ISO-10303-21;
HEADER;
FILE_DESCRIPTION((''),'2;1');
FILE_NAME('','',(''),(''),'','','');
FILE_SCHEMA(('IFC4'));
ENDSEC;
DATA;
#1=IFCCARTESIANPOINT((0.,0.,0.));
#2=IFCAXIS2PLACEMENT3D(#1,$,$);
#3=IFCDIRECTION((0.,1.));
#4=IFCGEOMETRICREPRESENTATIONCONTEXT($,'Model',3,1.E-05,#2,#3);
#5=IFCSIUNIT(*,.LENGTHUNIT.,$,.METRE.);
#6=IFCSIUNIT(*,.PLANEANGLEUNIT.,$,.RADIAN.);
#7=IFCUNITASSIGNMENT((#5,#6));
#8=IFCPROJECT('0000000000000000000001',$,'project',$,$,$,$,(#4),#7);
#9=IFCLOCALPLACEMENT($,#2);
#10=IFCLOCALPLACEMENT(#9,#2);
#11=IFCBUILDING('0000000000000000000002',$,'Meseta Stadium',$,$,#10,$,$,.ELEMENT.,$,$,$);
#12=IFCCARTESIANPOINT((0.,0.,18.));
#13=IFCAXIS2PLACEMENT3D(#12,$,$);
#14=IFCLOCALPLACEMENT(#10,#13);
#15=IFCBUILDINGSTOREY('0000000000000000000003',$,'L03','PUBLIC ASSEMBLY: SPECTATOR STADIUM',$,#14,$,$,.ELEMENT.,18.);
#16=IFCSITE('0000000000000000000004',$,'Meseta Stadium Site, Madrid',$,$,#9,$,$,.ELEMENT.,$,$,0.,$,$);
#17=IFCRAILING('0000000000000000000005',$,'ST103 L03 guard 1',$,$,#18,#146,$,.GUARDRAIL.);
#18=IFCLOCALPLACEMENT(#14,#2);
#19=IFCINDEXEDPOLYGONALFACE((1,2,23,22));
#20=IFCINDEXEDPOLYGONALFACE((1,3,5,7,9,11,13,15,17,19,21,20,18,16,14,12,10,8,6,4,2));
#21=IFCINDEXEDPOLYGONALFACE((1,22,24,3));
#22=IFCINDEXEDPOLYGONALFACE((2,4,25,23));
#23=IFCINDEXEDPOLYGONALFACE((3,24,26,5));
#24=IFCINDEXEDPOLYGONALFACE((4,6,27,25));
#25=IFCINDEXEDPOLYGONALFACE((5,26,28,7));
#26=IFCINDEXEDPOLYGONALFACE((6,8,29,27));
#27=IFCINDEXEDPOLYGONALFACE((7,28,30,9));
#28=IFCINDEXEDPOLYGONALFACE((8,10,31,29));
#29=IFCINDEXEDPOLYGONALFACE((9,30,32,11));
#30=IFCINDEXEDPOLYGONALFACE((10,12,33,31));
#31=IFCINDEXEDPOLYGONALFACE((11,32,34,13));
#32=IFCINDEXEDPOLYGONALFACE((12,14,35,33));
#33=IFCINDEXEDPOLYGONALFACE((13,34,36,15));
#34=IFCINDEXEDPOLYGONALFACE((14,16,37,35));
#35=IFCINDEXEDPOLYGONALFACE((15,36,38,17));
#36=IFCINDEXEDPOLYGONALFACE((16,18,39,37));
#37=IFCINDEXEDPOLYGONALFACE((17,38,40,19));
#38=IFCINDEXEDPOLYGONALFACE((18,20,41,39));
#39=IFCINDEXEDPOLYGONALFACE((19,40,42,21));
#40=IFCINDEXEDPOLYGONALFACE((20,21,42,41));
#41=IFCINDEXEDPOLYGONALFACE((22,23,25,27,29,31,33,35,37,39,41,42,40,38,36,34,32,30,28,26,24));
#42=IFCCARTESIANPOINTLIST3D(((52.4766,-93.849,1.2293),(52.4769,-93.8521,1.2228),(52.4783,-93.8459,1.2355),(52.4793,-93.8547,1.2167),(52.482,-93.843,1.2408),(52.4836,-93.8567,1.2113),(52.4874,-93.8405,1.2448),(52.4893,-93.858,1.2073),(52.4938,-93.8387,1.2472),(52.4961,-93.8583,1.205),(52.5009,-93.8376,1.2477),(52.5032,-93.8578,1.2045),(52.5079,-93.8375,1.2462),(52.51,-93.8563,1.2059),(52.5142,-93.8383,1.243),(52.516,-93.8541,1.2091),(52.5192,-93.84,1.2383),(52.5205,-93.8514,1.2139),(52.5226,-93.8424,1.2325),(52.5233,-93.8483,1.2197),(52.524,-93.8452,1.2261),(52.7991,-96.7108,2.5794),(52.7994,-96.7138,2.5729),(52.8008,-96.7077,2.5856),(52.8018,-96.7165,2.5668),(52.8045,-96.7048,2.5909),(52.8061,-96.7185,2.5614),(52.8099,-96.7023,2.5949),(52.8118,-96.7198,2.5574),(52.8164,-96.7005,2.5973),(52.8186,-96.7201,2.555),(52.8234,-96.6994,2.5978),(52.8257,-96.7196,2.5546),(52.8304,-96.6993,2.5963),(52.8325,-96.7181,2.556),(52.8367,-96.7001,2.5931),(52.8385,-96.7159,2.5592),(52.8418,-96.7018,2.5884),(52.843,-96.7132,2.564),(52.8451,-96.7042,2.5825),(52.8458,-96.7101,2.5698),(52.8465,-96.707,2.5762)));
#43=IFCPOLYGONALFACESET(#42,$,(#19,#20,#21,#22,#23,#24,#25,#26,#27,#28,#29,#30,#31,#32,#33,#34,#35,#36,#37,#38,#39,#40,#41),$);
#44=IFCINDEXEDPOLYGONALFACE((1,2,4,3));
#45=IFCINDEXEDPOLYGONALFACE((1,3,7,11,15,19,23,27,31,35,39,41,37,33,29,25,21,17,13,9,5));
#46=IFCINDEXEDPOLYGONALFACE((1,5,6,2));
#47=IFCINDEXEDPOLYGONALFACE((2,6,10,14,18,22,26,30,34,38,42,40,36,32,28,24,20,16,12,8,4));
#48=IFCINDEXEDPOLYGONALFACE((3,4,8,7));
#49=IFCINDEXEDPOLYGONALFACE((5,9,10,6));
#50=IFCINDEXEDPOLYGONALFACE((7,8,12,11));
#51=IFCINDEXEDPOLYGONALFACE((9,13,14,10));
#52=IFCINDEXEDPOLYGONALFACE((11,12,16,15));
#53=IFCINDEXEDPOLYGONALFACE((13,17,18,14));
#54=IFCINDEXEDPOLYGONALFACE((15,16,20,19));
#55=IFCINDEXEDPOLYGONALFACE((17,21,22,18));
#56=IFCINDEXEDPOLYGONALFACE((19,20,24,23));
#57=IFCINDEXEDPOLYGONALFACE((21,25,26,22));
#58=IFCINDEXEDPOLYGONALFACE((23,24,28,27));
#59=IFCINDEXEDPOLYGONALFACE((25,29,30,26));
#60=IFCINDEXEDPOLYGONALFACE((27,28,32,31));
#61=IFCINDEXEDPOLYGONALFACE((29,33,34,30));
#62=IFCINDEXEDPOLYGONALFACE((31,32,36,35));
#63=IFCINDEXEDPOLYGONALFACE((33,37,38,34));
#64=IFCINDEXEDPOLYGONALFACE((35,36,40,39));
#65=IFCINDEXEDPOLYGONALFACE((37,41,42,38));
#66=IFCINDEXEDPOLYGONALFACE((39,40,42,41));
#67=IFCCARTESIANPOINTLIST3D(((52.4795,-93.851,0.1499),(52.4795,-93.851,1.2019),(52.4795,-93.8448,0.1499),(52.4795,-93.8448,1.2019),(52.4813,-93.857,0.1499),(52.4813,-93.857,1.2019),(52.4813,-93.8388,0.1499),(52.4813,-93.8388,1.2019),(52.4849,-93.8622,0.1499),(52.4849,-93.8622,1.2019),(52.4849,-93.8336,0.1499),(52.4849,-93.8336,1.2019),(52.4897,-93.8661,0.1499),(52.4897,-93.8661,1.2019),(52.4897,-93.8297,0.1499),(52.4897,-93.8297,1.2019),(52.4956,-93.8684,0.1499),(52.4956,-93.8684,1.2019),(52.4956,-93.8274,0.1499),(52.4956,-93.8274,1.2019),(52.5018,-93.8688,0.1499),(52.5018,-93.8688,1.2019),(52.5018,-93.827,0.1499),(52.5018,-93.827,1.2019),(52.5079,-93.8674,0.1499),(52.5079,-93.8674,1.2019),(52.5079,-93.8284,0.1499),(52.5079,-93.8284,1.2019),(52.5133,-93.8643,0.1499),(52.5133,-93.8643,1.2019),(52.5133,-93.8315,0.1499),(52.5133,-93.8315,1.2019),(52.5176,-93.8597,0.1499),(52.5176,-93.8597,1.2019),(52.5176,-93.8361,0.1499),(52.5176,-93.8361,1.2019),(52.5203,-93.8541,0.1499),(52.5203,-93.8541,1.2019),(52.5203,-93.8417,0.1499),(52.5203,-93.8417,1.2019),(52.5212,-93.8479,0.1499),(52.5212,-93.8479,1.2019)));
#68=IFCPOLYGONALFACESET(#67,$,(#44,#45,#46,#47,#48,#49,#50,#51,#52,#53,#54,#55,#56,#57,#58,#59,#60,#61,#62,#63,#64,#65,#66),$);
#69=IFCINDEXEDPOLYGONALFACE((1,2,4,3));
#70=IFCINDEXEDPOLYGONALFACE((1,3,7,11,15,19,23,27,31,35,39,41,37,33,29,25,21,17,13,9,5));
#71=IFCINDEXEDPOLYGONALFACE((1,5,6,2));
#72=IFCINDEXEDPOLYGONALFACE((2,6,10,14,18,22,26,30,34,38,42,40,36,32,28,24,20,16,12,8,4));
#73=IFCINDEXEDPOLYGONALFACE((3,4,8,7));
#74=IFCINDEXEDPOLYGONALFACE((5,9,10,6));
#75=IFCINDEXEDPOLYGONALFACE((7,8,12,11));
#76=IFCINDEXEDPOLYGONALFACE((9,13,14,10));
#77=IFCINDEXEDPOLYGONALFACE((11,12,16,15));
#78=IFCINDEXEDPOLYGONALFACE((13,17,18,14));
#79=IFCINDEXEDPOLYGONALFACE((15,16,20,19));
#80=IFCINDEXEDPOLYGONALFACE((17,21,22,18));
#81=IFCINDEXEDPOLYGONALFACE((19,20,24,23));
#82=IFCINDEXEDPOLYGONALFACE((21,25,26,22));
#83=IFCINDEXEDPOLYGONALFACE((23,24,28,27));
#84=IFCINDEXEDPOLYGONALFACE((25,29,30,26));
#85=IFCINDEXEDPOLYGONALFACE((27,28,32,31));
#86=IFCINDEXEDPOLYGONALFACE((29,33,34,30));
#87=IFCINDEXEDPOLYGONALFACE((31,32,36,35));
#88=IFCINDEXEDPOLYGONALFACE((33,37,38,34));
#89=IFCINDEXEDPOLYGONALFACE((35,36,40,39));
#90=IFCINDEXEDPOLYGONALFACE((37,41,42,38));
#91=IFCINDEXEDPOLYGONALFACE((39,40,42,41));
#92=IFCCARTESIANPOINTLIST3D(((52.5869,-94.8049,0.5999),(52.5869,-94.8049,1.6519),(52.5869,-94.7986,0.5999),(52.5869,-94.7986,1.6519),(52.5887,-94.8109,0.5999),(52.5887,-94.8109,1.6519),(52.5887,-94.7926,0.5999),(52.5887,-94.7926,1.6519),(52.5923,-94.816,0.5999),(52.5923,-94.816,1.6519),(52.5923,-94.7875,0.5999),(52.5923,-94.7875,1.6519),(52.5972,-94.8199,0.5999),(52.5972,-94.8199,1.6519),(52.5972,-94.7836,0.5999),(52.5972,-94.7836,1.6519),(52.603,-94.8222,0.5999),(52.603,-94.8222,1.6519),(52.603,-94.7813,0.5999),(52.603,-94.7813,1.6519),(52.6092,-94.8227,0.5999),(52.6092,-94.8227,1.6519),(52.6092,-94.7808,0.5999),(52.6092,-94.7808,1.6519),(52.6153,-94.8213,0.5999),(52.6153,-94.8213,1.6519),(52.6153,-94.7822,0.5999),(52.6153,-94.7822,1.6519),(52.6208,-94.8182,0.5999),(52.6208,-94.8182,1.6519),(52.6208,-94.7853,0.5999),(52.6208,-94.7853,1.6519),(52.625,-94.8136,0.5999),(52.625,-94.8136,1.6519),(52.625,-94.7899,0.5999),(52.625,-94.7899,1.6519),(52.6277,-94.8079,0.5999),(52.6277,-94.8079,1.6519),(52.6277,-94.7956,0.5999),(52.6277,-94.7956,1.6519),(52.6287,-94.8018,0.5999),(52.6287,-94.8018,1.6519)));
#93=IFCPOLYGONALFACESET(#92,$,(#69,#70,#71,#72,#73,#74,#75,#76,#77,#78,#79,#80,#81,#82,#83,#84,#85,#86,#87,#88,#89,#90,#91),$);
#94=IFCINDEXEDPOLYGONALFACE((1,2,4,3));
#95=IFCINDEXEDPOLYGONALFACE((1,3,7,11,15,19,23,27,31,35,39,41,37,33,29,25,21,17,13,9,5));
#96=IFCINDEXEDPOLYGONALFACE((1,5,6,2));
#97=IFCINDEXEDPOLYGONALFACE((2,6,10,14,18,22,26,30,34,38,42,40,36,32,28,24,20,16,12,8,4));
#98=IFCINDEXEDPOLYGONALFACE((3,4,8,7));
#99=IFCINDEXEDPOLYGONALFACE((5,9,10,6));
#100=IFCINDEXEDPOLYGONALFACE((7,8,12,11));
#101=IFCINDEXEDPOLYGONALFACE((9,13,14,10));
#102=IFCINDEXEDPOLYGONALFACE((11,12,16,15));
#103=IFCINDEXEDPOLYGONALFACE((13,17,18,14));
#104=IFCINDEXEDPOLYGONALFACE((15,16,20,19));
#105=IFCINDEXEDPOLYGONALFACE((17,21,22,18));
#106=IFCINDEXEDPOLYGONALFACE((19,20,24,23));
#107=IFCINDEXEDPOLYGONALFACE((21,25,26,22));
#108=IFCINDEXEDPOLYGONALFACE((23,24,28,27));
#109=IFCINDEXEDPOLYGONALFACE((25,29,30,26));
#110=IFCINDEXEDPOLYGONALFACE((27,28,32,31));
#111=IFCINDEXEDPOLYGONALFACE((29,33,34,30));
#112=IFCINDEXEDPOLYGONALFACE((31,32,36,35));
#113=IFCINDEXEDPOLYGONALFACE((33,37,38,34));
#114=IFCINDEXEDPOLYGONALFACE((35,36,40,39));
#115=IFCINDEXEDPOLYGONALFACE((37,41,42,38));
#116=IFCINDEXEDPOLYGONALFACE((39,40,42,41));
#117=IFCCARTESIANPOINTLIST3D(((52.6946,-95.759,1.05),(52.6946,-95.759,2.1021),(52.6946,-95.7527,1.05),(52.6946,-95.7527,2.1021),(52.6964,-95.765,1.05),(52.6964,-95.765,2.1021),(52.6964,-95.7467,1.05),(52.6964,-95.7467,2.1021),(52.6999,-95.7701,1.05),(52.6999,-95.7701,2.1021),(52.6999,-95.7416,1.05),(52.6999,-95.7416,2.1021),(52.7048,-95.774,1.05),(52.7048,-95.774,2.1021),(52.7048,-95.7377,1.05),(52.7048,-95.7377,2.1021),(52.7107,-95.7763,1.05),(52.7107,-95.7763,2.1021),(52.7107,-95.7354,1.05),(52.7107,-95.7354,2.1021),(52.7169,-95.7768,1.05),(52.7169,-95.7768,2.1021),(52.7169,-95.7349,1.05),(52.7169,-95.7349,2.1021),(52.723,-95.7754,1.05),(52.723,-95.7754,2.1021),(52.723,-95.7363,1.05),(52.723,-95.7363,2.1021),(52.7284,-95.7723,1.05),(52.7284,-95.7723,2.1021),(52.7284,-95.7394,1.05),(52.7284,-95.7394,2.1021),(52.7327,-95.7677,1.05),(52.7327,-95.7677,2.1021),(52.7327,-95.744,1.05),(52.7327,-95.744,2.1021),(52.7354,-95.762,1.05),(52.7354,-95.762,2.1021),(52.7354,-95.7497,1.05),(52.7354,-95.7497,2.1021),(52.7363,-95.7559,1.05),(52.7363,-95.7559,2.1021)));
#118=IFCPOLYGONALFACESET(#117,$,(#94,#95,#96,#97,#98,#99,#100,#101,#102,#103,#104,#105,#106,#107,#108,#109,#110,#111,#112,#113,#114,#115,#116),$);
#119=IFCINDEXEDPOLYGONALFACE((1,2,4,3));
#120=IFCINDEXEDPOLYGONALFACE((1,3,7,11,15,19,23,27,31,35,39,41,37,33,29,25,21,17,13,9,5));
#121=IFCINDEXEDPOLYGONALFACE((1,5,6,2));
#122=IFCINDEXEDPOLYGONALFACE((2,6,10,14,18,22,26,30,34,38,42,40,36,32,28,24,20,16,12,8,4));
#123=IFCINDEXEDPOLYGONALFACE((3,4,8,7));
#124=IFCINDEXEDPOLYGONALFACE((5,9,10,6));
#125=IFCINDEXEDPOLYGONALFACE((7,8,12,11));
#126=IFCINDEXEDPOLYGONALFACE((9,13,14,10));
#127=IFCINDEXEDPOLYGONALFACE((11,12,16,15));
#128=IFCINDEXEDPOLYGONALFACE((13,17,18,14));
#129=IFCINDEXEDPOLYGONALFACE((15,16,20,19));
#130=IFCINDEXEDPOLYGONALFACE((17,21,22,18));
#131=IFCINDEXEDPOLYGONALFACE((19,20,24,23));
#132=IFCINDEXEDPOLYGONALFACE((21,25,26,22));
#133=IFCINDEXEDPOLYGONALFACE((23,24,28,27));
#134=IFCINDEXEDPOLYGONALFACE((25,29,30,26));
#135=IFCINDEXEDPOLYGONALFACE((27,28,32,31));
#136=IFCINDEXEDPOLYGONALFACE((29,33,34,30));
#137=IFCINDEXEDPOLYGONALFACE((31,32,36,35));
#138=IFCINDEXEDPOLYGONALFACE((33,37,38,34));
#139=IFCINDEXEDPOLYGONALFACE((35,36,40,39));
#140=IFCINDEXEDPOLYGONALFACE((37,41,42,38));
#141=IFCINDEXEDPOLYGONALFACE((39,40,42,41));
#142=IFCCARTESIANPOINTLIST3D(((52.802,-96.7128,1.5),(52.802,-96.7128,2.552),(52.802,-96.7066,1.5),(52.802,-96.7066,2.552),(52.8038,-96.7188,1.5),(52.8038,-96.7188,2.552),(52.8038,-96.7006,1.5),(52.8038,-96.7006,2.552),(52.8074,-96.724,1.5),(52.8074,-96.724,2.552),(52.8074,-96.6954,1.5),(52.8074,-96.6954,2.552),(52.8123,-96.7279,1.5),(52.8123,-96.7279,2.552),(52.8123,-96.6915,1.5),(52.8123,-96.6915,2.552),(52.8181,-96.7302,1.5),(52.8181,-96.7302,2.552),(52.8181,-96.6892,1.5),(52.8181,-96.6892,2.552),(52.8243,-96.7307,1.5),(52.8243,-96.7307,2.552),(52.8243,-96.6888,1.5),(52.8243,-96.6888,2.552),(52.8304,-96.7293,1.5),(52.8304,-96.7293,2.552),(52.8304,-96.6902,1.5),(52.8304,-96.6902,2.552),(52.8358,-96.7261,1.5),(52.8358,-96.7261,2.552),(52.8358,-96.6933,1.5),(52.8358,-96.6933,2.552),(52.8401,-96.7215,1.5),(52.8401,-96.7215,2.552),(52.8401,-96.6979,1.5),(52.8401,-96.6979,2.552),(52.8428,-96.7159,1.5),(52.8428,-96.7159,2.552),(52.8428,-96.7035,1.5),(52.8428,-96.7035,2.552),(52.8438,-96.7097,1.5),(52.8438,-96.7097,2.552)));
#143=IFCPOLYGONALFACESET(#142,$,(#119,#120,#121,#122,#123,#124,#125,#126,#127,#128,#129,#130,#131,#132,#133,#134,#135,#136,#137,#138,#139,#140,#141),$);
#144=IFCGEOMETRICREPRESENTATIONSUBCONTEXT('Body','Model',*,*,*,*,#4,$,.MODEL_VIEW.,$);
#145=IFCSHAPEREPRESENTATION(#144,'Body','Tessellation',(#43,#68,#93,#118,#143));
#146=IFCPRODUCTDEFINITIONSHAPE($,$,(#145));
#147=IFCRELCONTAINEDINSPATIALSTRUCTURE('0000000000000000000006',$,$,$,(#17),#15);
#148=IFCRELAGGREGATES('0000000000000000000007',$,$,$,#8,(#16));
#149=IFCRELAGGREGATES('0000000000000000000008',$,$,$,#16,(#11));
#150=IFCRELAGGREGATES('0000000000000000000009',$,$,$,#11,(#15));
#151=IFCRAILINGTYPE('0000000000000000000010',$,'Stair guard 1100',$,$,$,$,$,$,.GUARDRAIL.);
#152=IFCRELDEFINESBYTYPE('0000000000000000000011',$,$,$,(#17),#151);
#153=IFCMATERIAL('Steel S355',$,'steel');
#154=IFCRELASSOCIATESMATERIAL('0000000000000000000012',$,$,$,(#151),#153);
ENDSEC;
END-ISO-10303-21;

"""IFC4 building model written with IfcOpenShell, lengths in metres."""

from ifc_helpers import new_model, si_unit, direction, frame, origin, origin_2d, place, context, subcontext, project, spatial, circle, extrude, material, type_object, element, save


model = new_model("IFC4")

# Units and contexts
model_context = context("Model", 3, precision=1e-05, world=origin(), true_north=direction((0.0, 1.0)))
body_context = subcontext(model_context, "Body", "Model", "MODEL_VIEW")
ifc_project = project(units=[si_unit("LENGTHUNIT", "METRE"), si_unit("PLANEANGLEUNIT", "RADIAN")], contexts=[model_context])

# Site, building, storey
site_placement = place(None, origin())
site = spatial("IfcSite", under=ifc_project, at=site_placement, Name="Meseta Stadium Site, Madrid", CompositionType="ELEMENT", RefElevation=0.0)
building_placement = place(site_placement, origin())
building = spatial("IfcBuilding", under=site, at=building_placement, Name="Meseta Stadium", CompositionType="ELEMENT")
storey_placement = place(building_placement, frame((0.0, 0.0, 18.0)))
storey = spatial("IfcBuildingStorey", under=building, at=storey_placement, Name="L03", Description="PUBLIC ASSEMBLY: SPECTATOR STADIUM", CompositionType="ELEMENT", Elevation=18.0)

# Railing
ifc_material_1 = material(Name="Steel S355", Category="steel")
railing_type_1 = type_object("IfcRailingType", Name="Stair guard 1100", PredefinedType="GUARDRAIL", material=ifc_material_1)
railing_1_placement = place(storey_placement, frame((52.5002, -93.8479, 0.1499)))
element("IfcRailing", 1, at=railing_1_placement, inside=storey, type_object=railing_type_1, Name="ST103 L03 guard 1", PredefinedType="GUARDRAIL", context=body_context, shape_type="SweptSolid", body=[
    extrude(circle(Radius=0.0239, at=origin_2d()), frame((0.0, 0.0, 1.0762), z_axis=(0.101396, -0.899748, 0.424467), x_axis=(0.99371, 0.111985, 0.0)), (0.0, 0.0, 1.0), 3.1807),
    extrude(circle(Radius=0.021, at=origin_2d()), origin(), (0.0, 0.0, 1.0), 1.052),
    extrude(circle(Radius=0.021, at=origin_2d()), frame((0.1074, -0.9539, 0.45)), (0.0, 0.0, 1.0), 1.052),
    extrude(circle(Radius=0.021, at=origin_2d()), frame((0.2151, -1.908, 0.9001)), (0.0, 0.0, 1.0), 1.052),
    extrude(circle(Radius=0.021, at=origin_2d()), frame((0.3225, -2.8618, 1.3501)), (0.0, 0.0, 1.0), 1.052),
])

save(model, "model.ifc")
